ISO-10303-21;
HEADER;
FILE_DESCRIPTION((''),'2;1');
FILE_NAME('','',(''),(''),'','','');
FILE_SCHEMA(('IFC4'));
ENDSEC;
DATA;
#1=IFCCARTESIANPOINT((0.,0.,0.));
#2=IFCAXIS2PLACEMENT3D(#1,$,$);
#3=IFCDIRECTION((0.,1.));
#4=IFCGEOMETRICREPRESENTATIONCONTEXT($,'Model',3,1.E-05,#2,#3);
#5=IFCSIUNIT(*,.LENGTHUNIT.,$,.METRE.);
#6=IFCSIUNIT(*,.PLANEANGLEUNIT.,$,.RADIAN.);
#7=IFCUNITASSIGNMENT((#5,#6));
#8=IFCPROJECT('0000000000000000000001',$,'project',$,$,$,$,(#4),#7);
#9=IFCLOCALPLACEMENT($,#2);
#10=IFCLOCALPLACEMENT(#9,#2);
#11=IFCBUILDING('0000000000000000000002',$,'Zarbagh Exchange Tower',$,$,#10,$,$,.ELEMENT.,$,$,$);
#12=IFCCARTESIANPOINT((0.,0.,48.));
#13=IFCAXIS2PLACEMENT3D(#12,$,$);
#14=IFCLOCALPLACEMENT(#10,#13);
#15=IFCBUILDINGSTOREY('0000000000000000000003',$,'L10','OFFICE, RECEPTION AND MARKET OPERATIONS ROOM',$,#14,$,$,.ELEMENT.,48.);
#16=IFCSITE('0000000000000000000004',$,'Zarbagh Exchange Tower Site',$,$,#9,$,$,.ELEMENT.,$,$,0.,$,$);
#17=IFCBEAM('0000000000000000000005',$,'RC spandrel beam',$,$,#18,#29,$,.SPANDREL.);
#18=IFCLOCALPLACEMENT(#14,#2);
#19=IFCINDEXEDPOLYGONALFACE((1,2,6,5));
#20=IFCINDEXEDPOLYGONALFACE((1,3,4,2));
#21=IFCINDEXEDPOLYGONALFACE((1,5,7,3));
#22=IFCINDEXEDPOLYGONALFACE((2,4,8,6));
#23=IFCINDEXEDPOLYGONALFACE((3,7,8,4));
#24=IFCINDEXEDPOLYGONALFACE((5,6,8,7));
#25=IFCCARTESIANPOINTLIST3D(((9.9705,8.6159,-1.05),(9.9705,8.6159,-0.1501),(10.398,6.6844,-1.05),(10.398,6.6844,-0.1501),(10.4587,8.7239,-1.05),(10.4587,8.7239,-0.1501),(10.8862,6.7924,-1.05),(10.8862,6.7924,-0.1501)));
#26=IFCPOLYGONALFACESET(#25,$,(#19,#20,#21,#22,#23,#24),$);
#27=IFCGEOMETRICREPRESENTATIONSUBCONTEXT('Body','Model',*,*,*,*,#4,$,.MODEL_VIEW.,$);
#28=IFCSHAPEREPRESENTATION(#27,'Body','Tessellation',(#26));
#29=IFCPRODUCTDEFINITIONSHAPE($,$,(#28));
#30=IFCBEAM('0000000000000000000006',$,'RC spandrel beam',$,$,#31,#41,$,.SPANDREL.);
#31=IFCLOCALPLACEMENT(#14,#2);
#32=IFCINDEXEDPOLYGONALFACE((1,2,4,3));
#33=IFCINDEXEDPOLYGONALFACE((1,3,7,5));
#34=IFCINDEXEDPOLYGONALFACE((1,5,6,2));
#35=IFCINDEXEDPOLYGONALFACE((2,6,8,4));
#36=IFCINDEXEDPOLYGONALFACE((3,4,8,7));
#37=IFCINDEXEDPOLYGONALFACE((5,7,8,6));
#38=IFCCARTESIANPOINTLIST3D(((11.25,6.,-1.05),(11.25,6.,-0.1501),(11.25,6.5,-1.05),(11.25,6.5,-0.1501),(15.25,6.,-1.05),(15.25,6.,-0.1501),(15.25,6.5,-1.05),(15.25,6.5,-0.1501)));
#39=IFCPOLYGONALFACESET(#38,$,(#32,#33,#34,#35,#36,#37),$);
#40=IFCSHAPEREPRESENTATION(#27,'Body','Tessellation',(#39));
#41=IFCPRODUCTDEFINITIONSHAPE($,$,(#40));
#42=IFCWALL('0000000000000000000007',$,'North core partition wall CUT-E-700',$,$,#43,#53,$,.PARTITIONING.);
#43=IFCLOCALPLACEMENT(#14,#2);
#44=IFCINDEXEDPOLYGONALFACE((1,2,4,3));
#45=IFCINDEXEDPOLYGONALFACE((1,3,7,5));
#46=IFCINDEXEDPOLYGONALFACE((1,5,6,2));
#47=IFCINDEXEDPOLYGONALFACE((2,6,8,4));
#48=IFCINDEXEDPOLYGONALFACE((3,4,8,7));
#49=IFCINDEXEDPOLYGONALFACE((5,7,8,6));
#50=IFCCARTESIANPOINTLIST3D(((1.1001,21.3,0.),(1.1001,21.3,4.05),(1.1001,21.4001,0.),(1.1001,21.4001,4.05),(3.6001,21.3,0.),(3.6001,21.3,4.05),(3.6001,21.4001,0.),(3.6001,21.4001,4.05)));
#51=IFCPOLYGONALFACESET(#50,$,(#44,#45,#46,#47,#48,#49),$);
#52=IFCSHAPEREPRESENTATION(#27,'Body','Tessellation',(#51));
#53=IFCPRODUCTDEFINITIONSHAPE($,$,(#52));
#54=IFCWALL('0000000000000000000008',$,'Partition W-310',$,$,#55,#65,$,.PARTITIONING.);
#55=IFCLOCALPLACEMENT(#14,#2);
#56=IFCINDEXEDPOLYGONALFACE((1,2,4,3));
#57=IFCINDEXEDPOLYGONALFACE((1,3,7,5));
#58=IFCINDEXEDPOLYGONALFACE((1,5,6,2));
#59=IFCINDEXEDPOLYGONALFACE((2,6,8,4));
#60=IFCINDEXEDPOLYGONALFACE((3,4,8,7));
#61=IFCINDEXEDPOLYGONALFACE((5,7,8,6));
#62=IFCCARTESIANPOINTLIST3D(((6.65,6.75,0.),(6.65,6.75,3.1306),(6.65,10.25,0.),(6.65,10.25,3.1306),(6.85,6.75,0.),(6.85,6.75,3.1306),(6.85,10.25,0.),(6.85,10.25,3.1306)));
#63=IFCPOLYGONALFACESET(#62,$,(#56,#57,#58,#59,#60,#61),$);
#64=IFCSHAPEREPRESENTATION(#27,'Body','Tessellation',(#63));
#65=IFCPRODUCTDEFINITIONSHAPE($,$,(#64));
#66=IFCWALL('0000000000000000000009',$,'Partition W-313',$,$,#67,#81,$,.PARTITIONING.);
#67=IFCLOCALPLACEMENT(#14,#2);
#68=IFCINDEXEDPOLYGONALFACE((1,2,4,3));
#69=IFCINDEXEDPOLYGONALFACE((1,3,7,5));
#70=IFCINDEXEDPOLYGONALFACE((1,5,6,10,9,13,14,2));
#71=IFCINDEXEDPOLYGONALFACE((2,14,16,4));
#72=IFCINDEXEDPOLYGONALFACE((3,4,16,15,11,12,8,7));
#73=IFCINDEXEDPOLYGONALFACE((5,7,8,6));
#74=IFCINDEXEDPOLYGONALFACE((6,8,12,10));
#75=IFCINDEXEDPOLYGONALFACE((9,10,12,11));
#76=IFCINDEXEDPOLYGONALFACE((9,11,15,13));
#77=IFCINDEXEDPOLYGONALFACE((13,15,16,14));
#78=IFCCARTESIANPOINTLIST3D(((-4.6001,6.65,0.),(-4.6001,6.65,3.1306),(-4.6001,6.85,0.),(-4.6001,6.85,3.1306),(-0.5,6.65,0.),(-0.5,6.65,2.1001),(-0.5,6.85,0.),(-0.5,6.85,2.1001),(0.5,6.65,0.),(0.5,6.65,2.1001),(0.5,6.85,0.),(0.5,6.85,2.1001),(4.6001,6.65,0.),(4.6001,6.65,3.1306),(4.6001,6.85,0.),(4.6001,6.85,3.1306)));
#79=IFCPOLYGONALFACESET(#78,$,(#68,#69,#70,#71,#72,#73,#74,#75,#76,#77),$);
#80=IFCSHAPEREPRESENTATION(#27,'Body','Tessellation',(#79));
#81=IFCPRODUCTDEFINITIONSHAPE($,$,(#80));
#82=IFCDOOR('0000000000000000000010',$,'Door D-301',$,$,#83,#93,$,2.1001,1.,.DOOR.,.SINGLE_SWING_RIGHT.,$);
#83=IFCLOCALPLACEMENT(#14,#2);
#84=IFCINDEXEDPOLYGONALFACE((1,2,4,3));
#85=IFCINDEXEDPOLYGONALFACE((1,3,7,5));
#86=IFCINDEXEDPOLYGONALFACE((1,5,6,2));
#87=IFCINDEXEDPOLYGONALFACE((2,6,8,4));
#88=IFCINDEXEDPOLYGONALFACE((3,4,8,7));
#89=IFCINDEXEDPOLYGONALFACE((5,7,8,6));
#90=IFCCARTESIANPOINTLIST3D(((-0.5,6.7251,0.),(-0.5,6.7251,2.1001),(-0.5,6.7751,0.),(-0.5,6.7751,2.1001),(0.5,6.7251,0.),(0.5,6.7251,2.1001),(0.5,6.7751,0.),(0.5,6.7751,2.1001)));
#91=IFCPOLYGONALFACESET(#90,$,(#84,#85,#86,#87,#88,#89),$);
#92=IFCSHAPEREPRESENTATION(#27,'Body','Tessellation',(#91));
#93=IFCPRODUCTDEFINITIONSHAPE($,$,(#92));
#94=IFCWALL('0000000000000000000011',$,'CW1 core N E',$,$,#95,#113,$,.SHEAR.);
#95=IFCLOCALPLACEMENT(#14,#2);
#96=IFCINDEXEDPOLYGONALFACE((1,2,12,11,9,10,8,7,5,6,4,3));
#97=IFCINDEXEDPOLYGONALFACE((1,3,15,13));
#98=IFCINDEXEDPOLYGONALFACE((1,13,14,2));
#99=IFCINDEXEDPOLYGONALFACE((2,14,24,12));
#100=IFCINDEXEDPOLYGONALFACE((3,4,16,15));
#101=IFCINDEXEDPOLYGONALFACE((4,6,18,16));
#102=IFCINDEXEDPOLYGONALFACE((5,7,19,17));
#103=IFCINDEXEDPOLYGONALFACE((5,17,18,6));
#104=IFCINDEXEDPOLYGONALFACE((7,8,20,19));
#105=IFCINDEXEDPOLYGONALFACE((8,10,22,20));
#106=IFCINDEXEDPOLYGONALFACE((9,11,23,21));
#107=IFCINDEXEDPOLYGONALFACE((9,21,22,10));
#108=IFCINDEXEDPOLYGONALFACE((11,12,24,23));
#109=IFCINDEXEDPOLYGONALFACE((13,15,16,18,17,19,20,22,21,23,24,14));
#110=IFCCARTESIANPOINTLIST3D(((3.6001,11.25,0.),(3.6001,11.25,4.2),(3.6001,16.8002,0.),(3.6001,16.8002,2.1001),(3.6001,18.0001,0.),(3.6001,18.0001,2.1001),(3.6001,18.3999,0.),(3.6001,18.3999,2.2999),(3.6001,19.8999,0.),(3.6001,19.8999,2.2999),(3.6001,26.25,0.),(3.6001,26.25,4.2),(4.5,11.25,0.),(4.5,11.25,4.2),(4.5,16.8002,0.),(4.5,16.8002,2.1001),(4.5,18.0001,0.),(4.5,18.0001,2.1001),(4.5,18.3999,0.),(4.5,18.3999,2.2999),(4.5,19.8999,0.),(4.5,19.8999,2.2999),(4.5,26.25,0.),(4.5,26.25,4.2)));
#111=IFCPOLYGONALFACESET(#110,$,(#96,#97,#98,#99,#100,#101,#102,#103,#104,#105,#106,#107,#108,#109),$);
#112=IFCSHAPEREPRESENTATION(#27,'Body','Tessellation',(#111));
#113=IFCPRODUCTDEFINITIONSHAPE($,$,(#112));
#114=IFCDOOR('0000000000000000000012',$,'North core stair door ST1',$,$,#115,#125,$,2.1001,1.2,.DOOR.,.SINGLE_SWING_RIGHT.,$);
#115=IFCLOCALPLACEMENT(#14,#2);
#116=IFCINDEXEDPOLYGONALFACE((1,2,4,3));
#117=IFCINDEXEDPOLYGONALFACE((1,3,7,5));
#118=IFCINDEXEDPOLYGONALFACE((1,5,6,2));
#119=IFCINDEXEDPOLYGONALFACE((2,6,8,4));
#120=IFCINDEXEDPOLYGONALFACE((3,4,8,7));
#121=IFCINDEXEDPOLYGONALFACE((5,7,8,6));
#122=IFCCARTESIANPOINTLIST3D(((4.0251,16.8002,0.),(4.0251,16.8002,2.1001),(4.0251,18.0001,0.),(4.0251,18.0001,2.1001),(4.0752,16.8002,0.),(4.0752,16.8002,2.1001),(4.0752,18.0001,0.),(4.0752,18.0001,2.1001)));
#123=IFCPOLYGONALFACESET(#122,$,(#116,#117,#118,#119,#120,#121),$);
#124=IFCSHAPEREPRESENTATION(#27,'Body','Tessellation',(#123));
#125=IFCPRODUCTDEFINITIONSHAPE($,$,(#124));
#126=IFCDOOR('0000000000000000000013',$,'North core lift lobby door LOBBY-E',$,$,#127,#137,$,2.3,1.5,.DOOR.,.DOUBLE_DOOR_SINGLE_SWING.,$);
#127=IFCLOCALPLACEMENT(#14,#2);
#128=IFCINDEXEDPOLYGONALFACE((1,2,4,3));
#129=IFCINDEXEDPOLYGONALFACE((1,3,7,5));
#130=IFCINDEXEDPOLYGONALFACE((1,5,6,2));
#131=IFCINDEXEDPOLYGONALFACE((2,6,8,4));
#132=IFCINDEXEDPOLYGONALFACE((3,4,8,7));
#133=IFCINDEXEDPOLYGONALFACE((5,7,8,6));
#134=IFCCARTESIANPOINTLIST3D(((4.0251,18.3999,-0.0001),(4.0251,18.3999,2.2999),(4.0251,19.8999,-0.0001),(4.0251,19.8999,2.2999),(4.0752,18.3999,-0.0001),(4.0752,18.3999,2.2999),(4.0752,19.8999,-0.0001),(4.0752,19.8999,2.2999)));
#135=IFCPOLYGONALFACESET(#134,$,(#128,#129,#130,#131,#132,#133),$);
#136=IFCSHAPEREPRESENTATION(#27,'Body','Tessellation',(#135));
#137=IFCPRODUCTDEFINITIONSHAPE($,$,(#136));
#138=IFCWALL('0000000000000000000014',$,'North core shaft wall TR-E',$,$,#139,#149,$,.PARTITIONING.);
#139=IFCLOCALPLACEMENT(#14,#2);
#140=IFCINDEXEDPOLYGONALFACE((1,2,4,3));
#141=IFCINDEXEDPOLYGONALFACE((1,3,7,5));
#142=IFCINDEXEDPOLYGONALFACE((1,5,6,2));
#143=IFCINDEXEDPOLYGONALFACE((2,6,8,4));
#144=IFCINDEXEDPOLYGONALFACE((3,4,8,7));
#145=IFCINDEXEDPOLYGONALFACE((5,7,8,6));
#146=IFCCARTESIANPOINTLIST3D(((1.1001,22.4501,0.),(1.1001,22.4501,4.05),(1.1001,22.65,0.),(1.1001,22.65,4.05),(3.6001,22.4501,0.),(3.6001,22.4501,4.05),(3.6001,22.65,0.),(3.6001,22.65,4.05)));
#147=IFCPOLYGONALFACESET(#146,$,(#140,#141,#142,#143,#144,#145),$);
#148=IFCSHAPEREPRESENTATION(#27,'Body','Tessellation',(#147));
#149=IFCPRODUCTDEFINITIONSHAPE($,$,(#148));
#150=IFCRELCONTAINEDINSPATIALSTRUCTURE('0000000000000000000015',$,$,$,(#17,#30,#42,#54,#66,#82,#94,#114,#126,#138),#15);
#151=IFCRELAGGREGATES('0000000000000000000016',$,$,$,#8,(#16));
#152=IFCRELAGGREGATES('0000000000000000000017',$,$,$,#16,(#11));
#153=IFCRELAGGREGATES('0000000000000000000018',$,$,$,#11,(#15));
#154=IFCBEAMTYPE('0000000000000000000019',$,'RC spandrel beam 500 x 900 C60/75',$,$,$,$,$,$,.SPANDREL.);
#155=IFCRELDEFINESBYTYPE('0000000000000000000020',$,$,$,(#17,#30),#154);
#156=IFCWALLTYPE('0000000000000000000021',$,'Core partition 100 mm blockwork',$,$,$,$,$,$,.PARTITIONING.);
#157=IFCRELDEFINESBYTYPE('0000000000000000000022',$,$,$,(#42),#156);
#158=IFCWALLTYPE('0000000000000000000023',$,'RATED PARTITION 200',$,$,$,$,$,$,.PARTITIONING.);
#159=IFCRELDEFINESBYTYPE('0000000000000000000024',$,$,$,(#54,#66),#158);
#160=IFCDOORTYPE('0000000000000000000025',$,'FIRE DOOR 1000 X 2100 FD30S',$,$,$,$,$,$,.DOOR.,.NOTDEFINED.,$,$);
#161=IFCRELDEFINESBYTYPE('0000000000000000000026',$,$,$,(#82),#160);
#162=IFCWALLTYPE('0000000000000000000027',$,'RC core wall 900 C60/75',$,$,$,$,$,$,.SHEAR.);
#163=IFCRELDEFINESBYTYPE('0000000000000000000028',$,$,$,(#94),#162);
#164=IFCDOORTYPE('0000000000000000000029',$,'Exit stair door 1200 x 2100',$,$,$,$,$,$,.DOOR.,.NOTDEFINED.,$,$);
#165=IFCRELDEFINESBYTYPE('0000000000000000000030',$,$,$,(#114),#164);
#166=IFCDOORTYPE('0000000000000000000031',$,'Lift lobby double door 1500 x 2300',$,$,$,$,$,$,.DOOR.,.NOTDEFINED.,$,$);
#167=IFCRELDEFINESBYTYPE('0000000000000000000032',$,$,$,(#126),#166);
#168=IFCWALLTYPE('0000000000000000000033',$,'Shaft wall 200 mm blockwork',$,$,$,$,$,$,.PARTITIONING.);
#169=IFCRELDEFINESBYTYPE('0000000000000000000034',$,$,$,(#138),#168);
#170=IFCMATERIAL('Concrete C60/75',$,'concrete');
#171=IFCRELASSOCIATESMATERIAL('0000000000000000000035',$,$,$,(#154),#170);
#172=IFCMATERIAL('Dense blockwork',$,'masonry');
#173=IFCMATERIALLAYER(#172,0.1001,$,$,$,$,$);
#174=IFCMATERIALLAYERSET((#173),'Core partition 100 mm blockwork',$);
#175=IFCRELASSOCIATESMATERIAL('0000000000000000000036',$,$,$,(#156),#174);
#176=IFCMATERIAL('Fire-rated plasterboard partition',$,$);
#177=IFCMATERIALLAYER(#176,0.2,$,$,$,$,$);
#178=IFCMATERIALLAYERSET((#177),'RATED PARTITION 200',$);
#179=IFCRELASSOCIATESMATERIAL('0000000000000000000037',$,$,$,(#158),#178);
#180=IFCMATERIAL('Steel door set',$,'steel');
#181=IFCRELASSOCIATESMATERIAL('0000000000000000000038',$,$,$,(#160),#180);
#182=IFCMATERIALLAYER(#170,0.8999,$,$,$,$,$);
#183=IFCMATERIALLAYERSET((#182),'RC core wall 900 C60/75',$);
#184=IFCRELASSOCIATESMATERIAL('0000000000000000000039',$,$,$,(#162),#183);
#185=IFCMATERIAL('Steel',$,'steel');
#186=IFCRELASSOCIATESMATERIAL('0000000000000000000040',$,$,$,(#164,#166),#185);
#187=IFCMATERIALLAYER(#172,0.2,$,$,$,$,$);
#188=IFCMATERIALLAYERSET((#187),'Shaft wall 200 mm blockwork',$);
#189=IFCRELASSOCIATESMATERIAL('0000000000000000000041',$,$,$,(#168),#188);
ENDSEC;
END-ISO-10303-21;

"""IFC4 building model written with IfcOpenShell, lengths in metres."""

from ifc_helpers import new_model, si_unit, direction, frame, frame_2d, origin, origin_2d, place, context, subcontext, project, spatial, rectangle, extrude, material, layer, layer_set, material_profile, profile_set, type_object, element, fill, save


model = new_model("IFC4")

# Units and contexts
model_context = context("Model", 3, precision=1e-05, world=origin(), true_north=direction((0.0, 1.0)))
body_context = subcontext(model_context, "Body", "Model", "MODEL_VIEW")
ifc_project = project(units=[si_unit("LENGTHUNIT", "METRE"), si_unit("PLANEANGLEUNIT", "RADIAN")], contexts=[model_context])

# Site, building, storey
site_placement = place(None, origin())
site = spatial("IfcSite", under=ifc_project, at=site_placement, Name="Zarbagh Exchange Tower Site", CompositionType="ELEMENT", RefElevation=0.0)
building_placement = place(site_placement, origin())
building = spatial("IfcBuilding", under=site, at=building_placement, Name="Zarbagh Exchange Tower", CompositionType="ELEMENT")
storey_placement = place(building_placement, frame((0.0, 0.0, 48.0)))
storey = spatial("IfcBuildingStorey", under=building, at=storey_placement, Name="L10", Description="OFFICE, RECEPTION AND MARKET OPERATIONS ROOM", CompositionType="ELEMENT", Elevation=48.0)

# Shared definitions
ifc_material_1 = material(Name="Concrete C60/75", Category="concrete")

# Beams
ifc_material_profile_1 = material_profile(ifc_material_1, rectangle(XDim=0.5, YDim=0.8999, at=origin_2d()), Name="RC spandrel beam 500 x 900 C60/75")
ifc_profile_set_1 = profile_set([ifc_material_profile_1], Name="Concrete C60/75")
beam_type = type_object("IfcBeamType", Name="RC spandrel beam 500 x 900 C60/75", PredefinedType="SPANDREL", material=ifc_profile_set_1)
beam_1_placement = place(storey_placement, frame((10.2146, 8.6699, -0.6001), z_axis=(0.216081, -0.976375, 0.0), x_axis=(0.976375, 0.216081, 0.0)))
element("IfcBeam", 1, at=beam_1_placement, inside=storey, type_object=beam_type, Name="RC spandrel beam", PredefinedType="SPANDREL", context=body_context, shape_type="SweptSolid", body=[
    extrude(rectangle(XDim=0.5, YDim=0.8999, at=origin_2d()), origin(), (0.0, 0.0, 1.0), 1.9783),
])
beam_2_placement = place(storey_placement, frame((11.25, 6.25, -0.6001), z_axis=(1.0, 0.0, 0.0), x_axis=(0.0, 1.0, 0.0)))
element("IfcBeam", 2, at=beam_2_placement, inside=storey, type_object=beam_type, Name="RC spandrel beam", PredefinedType="SPANDREL", context=body_context, shape_type="SweptSolid", body=[
    extrude(rectangle(XDim=0.5, YDim=0.8999, at=origin_2d()), origin(), (0.0, 0.0, 1.0), 4.0),
])

# Walls
ifc_material_2 = material(Name="Dense blockwork", Category="masonry")
ifc_layer_1 = layer(ifc_material_2, 0.1001)
ifc_layer_set_1 = layer_set([ifc_layer_1], Name="Core partition 100 mm blockwork")
wall_type_1 = type_object("IfcWallType", Name="Core partition 100 mm blockwork", PredefinedType="PARTITIONING", material=ifc_layer_set_1)
wall_1_placement = place(storey_placement, frame((1.1001, 21.3501, 0.0), z_axis=(0.0, 0.0, 1.0), x_axis=(1.0, 0.0, 0.0)))
element("IfcWall", 3, at=wall_1_placement, inside=storey, type_object=wall_type_1, Name="North core partition wall CUT-E-700", PredefinedType="PARTITIONING", context=body_context, shape_type="SweptSolid", body=[
    extrude(rectangle(XDim=2.5, YDim=0.1001, at=frame_2d((1.25, 0.0))), origin(), (0.0, 0.0, 1.0), 4.05),
])
ifc_material_3 = material(Name="Fire-rated plasterboard partition")
ifc_layer_2 = layer(ifc_material_3, 0.2)
ifc_layer_set_2 = layer_set([ifc_layer_2], Name="RATED PARTITION 200")
wall_type_2 = type_object("IfcWallType", Name="RATED PARTITION 200", PredefinedType="PARTITIONING", material=ifc_layer_set_2)
wall_2_placement = place(storey_placement, frame((6.75, 6.75, 0.0), z_axis=(0.0, 0.0, 1.0), x_axis=(0.0, 1.0, 0.0)))
element("IfcWall", 4, at=wall_2_placement, inside=storey, type_object=wall_type_2, Name="Partition W-310", PredefinedType="PARTITIONING", context=body_context, shape_type="SweptSolid", body=[
    extrude(rectangle(XDim=3.5, YDim=0.2, at=frame_2d((1.75, 0.0))), origin(), (0.0, 0.0, 1.0), 3.1306),
])

# Wall, opening, door
wall_3_placement = place(storey_placement, frame((4.6001, 6.75, 0.0), z_axis=(0.0, 0.0, 1.0), x_axis=(-1.0, 0.0, 0.0)))
wall_3 = element("IfcWall", 5, at=wall_3_placement, inside=storey, type_object=wall_type_2, Name="Partition W-313", PredefinedType="PARTITIONING", context=body_context, shape_type="SweptSolid", body=[
    extrude(rectangle(XDim=9.2002, YDim=0.2, at=frame_2d((4.6001, 0.0))), origin(), (0.0, 0.0, 1.0), 3.1306),
])
opening_1_placement = place(wall_3_placement, frame((4.1001, 0.0, 0.0)))
opening_1 = element("IfcOpeningElement", 6, at=opening_1_placement, cuts=wall_3, PredefinedType="OPENING", context=body_context, shape_type="SweptSolid", body=[
    extrude(rectangle(XDim=1.0, YDim=2.1001, at=frame_2d((0.5, 1.05))), frame((0.0, 0.1099, 0.0), z_axis=(0.0, -1.0, 0.0), x_axis=(1.0, 0.0, 0.0)), (0.0, 0.0, 1.0), 0.22),
])
ifc_material_4 = material(Name="Steel door set", Category="steel")
door_type_1 = type_object("IfcDoorType", Name="FIRE DOOR 1000 X 2100 FD30S", OperationType="NOTDEFINED", PredefinedType="DOOR", material=ifc_material_4)
door_1_placement = place(opening_1_placement, origin())
door_1 = element("IfcDoor", 7, at=door_1_placement, inside=storey, type_object=door_type_1, Name="Door D-301", OperationType="SINGLE_SWING_RIGHT", OverallHeight=2.1001, OverallWidth=1.0, PredefinedType="DOOR", context=body_context, shape_type="SweptSolid", body=[
    extrude(rectangle(XDim=1.0, YDim=2.1001, at=frame_2d((0.5, 1.05))), frame((0.0, 0.0249, 0.0), z_axis=(0.0, -1.0, 0.0), x_axis=(1.0, 0.0, 0.0)), (0.0, 0.0, 1.0), 0.05),
])
fill(opening_1, door_1)

# Wall, openings, doors
ifc_layer_3 = layer(ifc_material_1, 0.8999)
ifc_layer_set_3 = layer_set([ifc_layer_3], Name="RC core wall 900 C60/75")
wall_type_3 = type_object("IfcWallType", Name="RC core wall 900 C60/75", PredefinedType="SHEAR", material=ifc_layer_set_3)
wall_4_placement = place(storey_placement, frame((4.05, 11.25, 0.0), z_axis=(0.0, 0.0, 1.0), x_axis=(0.0, 1.0, 0.0)))
wall_4 = element("IfcWall", 8, at=wall_4_placement, inside=storey, type_object=wall_type_3, Name="CW1 core N E", PredefinedType="SHEAR", context=body_context, shape_type="SweptSolid", body=[
    extrude(rectangle(XDim=15.0, YDim=0.8999, at=frame_2d((7.5, 0.0))), origin(), (0.0, 0.0, 1.0), 4.2),
])
opening_2_placement = place(wall_4_placement, frame((7.1499, 0.0, 0.0)))
opening_2 = element("IfcOpeningElement", 9, at=opening_2_placement, cuts=wall_4, PredefinedType="OPENING", context=body_context, shape_type="SweptSolid", body=[
    extrude(rectangle(XDim=1.5, YDim=2.3, at=frame_2d((0.75, 1.1499))), frame((0.0, 0.46, 0.0), z_axis=(0.0, -1.0, 0.0), x_axis=(1.0, 0.0, 0.0)), (0.0, 0.0, 1.0), 0.9199),
])
opening_3_placement = place(wall_4_placement, frame((5.55, 0.0, 0.0)))
opening_3 = element("IfcOpeningElement", 10, at=opening_3_placement, cuts=wall_4, PredefinedType="OPENING", context=body_context, shape_type="SweptSolid", body=[
    extrude(rectangle(XDim=1.2, YDim=2.1001, at=frame_2d((0.6001, 1.05))), frame((0.0, 0.46, 0.0), z_axis=(0.0, -1.0, 0.0), x_axis=(1.0, 0.0, 0.0)), (0.0, 0.0, 1.0), 0.9199),
])
ifc_material_5 = material(Name="Steel", Category="steel")
door_type_2 = type_object("IfcDoorType", Name="Exit stair door 1200 x 2100", OperationType="NOTDEFINED", PredefinedType="DOOR", material=ifc_material_5)
door_2_placement = place(opening_3_placement, origin())
door_2 = element("IfcDoor", 11, at=door_2_placement, inside=storey, type_object=door_type_2, Name="North core stair door ST1", OperationType="SINGLE_SWING_RIGHT", OverallHeight=2.1001, OverallWidth=1.2, PredefinedType="DOOR", context=body_context, shape_type="SweptSolid", body=[
    extrude(rectangle(XDim=1.2, YDim=2.1001, at=frame_2d((0.6001, 1.05))), frame((0.0, 0.0249, 0.0), z_axis=(0.0, -1.0, 0.0), x_axis=(1.0, 0.0, 0.0)), (0.0, 0.0, 1.0), 0.05),
])
fill(opening_3, door_2)
door_type_3 = type_object("IfcDoorType", Name="Lift lobby double door 1500 x 2300", OperationType="NOTDEFINED", PredefinedType="DOOR", material=ifc_material_5)
door_3_placement = place(opening_2_placement, origin())
door_3 = element("IfcDoor", 12, at=door_3_placement, inside=storey, type_object=door_type_3, Name="North core lift lobby door LOBBY-E", OperationType="DOUBLE_DOOR_SINGLE_SWING", OverallHeight=2.3, OverallWidth=1.5, PredefinedType="DOOR", context=body_context, shape_type="SweptSolid", body=[
    extrude(rectangle(XDim=1.5, YDim=2.3, at=frame_2d((0.75, 1.1499))), frame((0.0, 0.0249, 0.0), z_axis=(0.0, -1.0, 0.0), x_axis=(1.0, 0.0, 0.0)), (0.0, 0.0, 1.0), 0.05),
])
fill(opening_2, door_3)

# Wall
ifc_layer_4 = layer(ifc_material_2, 0.2)
ifc_layer_set_4 = layer_set([ifc_layer_4], Name="Shaft wall 200 mm blockwork")
wall_type_4 = type_object("IfcWallType", Name="Shaft wall 200 mm blockwork", PredefinedType="PARTITIONING", material=ifc_layer_set_4)
wall_5_placement = place(storey_placement, frame((1.1001, 22.55, 0.0), z_axis=(0.0, 0.0, 1.0), x_axis=(1.0, 0.0, 0.0)))
element("IfcWall", 13, at=wall_5_placement, inside=storey, type_object=wall_type_4, Name="North core shaft wall TR-E", PredefinedType="PARTITIONING", context=body_context, shape_type="SweptSolid", body=[
    extrude(rectangle(XDim=2.5, YDim=0.2, at=frame_2d((1.25, 0.0))), origin(), (0.0, 0.0, 1.0), 4.05),
])

save(model, "model.ifc")
